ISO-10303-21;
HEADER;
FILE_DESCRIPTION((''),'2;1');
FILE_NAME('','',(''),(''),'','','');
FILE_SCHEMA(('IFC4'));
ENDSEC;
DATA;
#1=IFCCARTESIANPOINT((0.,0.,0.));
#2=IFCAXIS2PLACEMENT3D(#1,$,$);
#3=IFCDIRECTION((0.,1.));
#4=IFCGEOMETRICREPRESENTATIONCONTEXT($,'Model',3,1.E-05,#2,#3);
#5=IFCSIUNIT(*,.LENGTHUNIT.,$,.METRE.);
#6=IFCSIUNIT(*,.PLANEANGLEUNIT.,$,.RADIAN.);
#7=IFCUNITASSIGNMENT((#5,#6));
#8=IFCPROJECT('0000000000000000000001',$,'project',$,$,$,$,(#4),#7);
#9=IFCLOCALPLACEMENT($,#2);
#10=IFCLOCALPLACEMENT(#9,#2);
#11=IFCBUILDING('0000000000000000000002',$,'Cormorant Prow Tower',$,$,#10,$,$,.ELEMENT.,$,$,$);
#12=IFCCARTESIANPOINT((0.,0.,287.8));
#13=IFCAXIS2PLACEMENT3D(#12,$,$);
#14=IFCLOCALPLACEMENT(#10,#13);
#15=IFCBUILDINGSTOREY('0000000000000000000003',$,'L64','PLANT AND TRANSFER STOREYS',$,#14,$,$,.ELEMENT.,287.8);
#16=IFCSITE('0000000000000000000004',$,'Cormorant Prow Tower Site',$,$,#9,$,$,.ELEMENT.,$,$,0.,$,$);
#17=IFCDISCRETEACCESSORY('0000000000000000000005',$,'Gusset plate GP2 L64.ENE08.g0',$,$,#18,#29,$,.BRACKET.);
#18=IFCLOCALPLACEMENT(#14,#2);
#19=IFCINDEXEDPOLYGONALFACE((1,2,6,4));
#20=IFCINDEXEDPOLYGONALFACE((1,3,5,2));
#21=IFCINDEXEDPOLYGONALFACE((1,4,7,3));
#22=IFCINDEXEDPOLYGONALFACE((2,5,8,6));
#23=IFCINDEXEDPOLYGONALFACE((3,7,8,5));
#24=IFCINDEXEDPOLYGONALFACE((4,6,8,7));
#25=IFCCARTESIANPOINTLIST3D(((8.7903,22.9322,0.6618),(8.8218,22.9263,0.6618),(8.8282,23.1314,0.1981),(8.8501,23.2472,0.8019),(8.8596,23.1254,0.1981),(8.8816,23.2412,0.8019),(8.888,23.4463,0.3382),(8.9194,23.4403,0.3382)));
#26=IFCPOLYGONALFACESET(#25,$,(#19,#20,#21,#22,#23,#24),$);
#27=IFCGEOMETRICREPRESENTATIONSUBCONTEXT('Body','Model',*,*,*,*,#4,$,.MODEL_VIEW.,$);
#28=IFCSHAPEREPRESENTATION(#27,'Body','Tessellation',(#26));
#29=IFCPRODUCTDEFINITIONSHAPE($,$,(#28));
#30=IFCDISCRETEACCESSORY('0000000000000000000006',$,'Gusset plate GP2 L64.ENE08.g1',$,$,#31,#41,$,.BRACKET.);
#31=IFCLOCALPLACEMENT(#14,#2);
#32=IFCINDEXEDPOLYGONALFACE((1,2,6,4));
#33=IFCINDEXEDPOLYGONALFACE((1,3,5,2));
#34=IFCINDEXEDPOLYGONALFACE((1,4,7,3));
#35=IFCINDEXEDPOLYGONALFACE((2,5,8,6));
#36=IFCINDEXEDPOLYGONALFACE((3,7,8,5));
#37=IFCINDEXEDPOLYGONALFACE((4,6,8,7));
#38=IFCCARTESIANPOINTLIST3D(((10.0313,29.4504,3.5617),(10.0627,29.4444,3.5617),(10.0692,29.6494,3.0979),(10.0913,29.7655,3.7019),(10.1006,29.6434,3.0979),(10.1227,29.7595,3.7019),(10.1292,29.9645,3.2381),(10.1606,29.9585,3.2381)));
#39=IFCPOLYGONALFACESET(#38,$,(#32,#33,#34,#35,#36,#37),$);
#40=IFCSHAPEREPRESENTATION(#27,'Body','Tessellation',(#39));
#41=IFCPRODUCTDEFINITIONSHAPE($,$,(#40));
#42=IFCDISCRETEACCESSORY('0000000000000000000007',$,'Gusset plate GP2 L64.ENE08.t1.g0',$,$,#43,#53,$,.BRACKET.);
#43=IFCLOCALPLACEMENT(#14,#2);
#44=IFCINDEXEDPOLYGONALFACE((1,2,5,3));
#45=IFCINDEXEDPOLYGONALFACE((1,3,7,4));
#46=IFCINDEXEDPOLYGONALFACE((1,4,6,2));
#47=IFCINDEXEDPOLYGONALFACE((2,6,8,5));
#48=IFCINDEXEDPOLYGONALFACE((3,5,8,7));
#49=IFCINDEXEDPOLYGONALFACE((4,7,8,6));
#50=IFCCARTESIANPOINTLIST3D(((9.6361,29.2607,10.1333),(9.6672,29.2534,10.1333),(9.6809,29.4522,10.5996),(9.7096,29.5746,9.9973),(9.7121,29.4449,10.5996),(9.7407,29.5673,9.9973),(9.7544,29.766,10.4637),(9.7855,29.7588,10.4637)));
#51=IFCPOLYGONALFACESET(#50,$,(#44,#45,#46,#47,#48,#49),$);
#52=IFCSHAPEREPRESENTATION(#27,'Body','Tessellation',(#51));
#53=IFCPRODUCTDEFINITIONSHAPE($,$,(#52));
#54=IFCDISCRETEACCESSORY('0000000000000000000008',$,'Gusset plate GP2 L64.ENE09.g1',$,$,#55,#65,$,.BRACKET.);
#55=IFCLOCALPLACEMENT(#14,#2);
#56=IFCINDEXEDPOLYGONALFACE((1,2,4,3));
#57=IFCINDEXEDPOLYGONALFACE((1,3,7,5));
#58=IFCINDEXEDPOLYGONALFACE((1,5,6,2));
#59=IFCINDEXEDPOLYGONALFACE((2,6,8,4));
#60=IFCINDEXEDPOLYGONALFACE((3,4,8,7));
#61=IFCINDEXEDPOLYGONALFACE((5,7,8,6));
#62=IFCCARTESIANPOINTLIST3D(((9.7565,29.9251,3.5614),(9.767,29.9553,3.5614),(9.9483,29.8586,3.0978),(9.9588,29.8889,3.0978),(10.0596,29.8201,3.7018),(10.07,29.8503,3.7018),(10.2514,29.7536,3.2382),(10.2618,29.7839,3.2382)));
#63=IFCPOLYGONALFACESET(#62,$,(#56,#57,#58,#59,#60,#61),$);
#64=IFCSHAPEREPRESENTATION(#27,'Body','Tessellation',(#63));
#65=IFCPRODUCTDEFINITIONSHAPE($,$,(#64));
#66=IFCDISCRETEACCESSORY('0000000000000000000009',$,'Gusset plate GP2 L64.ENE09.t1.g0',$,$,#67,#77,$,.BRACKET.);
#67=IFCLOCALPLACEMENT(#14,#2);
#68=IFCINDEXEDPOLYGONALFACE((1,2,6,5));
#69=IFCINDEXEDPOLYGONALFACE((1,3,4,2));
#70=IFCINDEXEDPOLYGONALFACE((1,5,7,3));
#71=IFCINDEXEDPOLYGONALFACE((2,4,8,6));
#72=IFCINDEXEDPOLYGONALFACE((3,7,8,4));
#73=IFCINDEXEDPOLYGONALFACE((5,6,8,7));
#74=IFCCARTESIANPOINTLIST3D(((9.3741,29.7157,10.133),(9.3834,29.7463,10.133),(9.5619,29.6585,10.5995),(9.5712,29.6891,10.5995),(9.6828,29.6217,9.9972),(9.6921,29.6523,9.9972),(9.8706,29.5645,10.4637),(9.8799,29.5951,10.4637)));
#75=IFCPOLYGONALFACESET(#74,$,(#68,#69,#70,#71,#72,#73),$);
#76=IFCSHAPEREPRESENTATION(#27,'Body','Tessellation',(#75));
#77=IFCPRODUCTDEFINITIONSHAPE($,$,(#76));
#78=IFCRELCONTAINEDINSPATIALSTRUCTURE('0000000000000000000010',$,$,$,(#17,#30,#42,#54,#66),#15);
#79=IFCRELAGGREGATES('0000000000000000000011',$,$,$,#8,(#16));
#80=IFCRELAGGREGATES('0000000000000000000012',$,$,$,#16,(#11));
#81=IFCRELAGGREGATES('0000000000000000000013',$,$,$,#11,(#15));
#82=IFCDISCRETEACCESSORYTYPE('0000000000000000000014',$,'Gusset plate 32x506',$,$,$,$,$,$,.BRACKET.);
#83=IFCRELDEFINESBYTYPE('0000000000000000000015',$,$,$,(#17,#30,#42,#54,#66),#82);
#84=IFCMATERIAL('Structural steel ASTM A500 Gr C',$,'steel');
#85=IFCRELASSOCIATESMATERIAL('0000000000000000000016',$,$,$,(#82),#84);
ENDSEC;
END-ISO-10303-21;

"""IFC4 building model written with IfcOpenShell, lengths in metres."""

from ifc_helpers import new_model, si_unit, direction, frame, origin, origin_2d, place, context, subcontext, project, spatial, rectangle, extrude, material, material_profile, profile_set, type_object, element, save


model = new_model("IFC4")

# Units and contexts
model_context = context("Model", 3, precision=1e-05, world=origin(), true_north=direction((0.0, 1.0)))
body_context = subcontext(model_context, "Body", "Model", "MODEL_VIEW")
ifc_project = project(units=[si_unit("LENGTHUNIT", "METRE"), si_unit("PLANEANGLEUNIT", "RADIAN")], contexts=[model_context])

# Site, building, storey
site_placement = place(None, origin())
site = spatial("IfcSite", under=ifc_project, at=site_placement, Name="Cormorant Prow Tower Site", CompositionType="ELEMENT", RefElevation=0.0)
building_placement = place(site_placement, origin())
building = spatial("IfcBuilding", under=site, at=building_placement, Name="Cormorant Prow Tower", CompositionType="ELEMENT")
storey_placement = place(building_placement, frame((0.0, 0.0, 287.8)))
storey = spatial("IfcBuildingStorey", under=building, at=storey_placement, Name="L64", Description="PLANT AND TRANSFER STOREYS", CompositionType="ELEMENT", Elevation=287.8)

# Discrete accessories
ifc_material_1 = material(Name="Structural steel ASTM A500 Gr C", Category="steel")
ifc_material_profile_1 = material_profile(ifc_material_1, rectangle(XDim=0.032, YDim=0.5061, at=origin_2d()), Name="Gusset plate 32x506")
ifc_profile_set_1 = profile_set([ifc_material_profile_1], Name="Structural steel ASTM A500 Gr C")
discrete_accessory_type = type_object("IfcDiscreteAccessoryType", Name="Gusset plate 32x506", PredefinedType="BRACKET", material=ifc_profile_set_1)
discrete_accessory_1_placement = place(storey_placement, frame((8.8848, 23.3438, 0.5701), z_axis=(-0.170965, -0.900185, -0.400547), x_axis=(0.982438, -0.186587, 0.0)))
element("IfcDiscreteAccessory", 1, at=discrete_accessory_1_placement, inside=storey, type_object=discrete_accessory_type, Name="Gusset plate GP2 L64.ENE08.g0", PredefinedType="BRACKET", context=body_context, shape_type="SweptSolid", body=[
    extrude(rectangle(XDim=0.032, YDim=0.5061, at=origin_2d()), origin(), (0.0, 0.0, 1.0), 0.3499),
])
discrete_accessory_2_placement = place(storey_placement, frame((10.0659, 29.5469, 3.3298), z_axis=(0.171535, 0.90021, 0.400248), x_axis=(-0.982325, 0.187182, 0.0)))
element("IfcDiscreteAccessory", 2, at=discrete_accessory_2_placement, inside=storey, type_object=discrete_accessory_type, Name="Gusset plate GP2 L64.ENE08.g1", PredefinedType="BRACKET", context=body_context, shape_type="SweptSolid", body=[
    extrude(rectangle(XDim=0.032, YDim=0.5061, at=origin_2d()), origin(), (0.0, 0.0, 1.0), 0.3501),
])
discrete_accessory_3_placement = place(storey_placement, frame((9.6741, 29.3528, 10.3665), z_axis=(0.20999, 0.897165, -0.388586), x_axis=(-0.973685, 0.2279, 0.0)))
element("IfcDiscreteAccessory", 3, at=discrete_accessory_3_placement, inside=storey, type_object=discrete_accessory_type, Name="Gusset plate GP2 L64.ENE08.t1.g0", PredefinedType="BRACKET", context=body_context, shape_type="SweptSolid", body=[
    extrude(rectangle(XDim=0.032, YDim=0.5061, at=origin_2d()), origin(), (0.0, 0.0, 1.0), 0.3499),
])
for number, where, z_axis, x_axis, name in (
    (4, (9.8577, 29.907, 3.3296), (0.865569, -0.299915, 0.401049), (0.327398, 0.944886, 0.0), "Gusset plate GP2 L64.ENE09.g1"),
    (5, (9.4727, 29.7024, 10.3662), (0.881729, -0.268565, -0.387849), (0.291372, 0.95661, 0.0), "Gusset plate GP2 L64.ENE09.t1.g0"),
):
    element("IfcDiscreteAccessory", number, at=place(storey_placement, frame(where, z_axis=z_axis, x_axis=x_axis)), inside=storey, type_object=discrete_accessory_type, Name=name, PredefinedType="BRACKET", context=body_context, shape_type="SweptSolid", body=[
        extrude(rectangle(XDim=0.032, YDim=0.5061, at=origin_2d()), origin(), (0.0, 0.0, 1.0), 0.3501),
    ])

save(model, "model.ifc")
